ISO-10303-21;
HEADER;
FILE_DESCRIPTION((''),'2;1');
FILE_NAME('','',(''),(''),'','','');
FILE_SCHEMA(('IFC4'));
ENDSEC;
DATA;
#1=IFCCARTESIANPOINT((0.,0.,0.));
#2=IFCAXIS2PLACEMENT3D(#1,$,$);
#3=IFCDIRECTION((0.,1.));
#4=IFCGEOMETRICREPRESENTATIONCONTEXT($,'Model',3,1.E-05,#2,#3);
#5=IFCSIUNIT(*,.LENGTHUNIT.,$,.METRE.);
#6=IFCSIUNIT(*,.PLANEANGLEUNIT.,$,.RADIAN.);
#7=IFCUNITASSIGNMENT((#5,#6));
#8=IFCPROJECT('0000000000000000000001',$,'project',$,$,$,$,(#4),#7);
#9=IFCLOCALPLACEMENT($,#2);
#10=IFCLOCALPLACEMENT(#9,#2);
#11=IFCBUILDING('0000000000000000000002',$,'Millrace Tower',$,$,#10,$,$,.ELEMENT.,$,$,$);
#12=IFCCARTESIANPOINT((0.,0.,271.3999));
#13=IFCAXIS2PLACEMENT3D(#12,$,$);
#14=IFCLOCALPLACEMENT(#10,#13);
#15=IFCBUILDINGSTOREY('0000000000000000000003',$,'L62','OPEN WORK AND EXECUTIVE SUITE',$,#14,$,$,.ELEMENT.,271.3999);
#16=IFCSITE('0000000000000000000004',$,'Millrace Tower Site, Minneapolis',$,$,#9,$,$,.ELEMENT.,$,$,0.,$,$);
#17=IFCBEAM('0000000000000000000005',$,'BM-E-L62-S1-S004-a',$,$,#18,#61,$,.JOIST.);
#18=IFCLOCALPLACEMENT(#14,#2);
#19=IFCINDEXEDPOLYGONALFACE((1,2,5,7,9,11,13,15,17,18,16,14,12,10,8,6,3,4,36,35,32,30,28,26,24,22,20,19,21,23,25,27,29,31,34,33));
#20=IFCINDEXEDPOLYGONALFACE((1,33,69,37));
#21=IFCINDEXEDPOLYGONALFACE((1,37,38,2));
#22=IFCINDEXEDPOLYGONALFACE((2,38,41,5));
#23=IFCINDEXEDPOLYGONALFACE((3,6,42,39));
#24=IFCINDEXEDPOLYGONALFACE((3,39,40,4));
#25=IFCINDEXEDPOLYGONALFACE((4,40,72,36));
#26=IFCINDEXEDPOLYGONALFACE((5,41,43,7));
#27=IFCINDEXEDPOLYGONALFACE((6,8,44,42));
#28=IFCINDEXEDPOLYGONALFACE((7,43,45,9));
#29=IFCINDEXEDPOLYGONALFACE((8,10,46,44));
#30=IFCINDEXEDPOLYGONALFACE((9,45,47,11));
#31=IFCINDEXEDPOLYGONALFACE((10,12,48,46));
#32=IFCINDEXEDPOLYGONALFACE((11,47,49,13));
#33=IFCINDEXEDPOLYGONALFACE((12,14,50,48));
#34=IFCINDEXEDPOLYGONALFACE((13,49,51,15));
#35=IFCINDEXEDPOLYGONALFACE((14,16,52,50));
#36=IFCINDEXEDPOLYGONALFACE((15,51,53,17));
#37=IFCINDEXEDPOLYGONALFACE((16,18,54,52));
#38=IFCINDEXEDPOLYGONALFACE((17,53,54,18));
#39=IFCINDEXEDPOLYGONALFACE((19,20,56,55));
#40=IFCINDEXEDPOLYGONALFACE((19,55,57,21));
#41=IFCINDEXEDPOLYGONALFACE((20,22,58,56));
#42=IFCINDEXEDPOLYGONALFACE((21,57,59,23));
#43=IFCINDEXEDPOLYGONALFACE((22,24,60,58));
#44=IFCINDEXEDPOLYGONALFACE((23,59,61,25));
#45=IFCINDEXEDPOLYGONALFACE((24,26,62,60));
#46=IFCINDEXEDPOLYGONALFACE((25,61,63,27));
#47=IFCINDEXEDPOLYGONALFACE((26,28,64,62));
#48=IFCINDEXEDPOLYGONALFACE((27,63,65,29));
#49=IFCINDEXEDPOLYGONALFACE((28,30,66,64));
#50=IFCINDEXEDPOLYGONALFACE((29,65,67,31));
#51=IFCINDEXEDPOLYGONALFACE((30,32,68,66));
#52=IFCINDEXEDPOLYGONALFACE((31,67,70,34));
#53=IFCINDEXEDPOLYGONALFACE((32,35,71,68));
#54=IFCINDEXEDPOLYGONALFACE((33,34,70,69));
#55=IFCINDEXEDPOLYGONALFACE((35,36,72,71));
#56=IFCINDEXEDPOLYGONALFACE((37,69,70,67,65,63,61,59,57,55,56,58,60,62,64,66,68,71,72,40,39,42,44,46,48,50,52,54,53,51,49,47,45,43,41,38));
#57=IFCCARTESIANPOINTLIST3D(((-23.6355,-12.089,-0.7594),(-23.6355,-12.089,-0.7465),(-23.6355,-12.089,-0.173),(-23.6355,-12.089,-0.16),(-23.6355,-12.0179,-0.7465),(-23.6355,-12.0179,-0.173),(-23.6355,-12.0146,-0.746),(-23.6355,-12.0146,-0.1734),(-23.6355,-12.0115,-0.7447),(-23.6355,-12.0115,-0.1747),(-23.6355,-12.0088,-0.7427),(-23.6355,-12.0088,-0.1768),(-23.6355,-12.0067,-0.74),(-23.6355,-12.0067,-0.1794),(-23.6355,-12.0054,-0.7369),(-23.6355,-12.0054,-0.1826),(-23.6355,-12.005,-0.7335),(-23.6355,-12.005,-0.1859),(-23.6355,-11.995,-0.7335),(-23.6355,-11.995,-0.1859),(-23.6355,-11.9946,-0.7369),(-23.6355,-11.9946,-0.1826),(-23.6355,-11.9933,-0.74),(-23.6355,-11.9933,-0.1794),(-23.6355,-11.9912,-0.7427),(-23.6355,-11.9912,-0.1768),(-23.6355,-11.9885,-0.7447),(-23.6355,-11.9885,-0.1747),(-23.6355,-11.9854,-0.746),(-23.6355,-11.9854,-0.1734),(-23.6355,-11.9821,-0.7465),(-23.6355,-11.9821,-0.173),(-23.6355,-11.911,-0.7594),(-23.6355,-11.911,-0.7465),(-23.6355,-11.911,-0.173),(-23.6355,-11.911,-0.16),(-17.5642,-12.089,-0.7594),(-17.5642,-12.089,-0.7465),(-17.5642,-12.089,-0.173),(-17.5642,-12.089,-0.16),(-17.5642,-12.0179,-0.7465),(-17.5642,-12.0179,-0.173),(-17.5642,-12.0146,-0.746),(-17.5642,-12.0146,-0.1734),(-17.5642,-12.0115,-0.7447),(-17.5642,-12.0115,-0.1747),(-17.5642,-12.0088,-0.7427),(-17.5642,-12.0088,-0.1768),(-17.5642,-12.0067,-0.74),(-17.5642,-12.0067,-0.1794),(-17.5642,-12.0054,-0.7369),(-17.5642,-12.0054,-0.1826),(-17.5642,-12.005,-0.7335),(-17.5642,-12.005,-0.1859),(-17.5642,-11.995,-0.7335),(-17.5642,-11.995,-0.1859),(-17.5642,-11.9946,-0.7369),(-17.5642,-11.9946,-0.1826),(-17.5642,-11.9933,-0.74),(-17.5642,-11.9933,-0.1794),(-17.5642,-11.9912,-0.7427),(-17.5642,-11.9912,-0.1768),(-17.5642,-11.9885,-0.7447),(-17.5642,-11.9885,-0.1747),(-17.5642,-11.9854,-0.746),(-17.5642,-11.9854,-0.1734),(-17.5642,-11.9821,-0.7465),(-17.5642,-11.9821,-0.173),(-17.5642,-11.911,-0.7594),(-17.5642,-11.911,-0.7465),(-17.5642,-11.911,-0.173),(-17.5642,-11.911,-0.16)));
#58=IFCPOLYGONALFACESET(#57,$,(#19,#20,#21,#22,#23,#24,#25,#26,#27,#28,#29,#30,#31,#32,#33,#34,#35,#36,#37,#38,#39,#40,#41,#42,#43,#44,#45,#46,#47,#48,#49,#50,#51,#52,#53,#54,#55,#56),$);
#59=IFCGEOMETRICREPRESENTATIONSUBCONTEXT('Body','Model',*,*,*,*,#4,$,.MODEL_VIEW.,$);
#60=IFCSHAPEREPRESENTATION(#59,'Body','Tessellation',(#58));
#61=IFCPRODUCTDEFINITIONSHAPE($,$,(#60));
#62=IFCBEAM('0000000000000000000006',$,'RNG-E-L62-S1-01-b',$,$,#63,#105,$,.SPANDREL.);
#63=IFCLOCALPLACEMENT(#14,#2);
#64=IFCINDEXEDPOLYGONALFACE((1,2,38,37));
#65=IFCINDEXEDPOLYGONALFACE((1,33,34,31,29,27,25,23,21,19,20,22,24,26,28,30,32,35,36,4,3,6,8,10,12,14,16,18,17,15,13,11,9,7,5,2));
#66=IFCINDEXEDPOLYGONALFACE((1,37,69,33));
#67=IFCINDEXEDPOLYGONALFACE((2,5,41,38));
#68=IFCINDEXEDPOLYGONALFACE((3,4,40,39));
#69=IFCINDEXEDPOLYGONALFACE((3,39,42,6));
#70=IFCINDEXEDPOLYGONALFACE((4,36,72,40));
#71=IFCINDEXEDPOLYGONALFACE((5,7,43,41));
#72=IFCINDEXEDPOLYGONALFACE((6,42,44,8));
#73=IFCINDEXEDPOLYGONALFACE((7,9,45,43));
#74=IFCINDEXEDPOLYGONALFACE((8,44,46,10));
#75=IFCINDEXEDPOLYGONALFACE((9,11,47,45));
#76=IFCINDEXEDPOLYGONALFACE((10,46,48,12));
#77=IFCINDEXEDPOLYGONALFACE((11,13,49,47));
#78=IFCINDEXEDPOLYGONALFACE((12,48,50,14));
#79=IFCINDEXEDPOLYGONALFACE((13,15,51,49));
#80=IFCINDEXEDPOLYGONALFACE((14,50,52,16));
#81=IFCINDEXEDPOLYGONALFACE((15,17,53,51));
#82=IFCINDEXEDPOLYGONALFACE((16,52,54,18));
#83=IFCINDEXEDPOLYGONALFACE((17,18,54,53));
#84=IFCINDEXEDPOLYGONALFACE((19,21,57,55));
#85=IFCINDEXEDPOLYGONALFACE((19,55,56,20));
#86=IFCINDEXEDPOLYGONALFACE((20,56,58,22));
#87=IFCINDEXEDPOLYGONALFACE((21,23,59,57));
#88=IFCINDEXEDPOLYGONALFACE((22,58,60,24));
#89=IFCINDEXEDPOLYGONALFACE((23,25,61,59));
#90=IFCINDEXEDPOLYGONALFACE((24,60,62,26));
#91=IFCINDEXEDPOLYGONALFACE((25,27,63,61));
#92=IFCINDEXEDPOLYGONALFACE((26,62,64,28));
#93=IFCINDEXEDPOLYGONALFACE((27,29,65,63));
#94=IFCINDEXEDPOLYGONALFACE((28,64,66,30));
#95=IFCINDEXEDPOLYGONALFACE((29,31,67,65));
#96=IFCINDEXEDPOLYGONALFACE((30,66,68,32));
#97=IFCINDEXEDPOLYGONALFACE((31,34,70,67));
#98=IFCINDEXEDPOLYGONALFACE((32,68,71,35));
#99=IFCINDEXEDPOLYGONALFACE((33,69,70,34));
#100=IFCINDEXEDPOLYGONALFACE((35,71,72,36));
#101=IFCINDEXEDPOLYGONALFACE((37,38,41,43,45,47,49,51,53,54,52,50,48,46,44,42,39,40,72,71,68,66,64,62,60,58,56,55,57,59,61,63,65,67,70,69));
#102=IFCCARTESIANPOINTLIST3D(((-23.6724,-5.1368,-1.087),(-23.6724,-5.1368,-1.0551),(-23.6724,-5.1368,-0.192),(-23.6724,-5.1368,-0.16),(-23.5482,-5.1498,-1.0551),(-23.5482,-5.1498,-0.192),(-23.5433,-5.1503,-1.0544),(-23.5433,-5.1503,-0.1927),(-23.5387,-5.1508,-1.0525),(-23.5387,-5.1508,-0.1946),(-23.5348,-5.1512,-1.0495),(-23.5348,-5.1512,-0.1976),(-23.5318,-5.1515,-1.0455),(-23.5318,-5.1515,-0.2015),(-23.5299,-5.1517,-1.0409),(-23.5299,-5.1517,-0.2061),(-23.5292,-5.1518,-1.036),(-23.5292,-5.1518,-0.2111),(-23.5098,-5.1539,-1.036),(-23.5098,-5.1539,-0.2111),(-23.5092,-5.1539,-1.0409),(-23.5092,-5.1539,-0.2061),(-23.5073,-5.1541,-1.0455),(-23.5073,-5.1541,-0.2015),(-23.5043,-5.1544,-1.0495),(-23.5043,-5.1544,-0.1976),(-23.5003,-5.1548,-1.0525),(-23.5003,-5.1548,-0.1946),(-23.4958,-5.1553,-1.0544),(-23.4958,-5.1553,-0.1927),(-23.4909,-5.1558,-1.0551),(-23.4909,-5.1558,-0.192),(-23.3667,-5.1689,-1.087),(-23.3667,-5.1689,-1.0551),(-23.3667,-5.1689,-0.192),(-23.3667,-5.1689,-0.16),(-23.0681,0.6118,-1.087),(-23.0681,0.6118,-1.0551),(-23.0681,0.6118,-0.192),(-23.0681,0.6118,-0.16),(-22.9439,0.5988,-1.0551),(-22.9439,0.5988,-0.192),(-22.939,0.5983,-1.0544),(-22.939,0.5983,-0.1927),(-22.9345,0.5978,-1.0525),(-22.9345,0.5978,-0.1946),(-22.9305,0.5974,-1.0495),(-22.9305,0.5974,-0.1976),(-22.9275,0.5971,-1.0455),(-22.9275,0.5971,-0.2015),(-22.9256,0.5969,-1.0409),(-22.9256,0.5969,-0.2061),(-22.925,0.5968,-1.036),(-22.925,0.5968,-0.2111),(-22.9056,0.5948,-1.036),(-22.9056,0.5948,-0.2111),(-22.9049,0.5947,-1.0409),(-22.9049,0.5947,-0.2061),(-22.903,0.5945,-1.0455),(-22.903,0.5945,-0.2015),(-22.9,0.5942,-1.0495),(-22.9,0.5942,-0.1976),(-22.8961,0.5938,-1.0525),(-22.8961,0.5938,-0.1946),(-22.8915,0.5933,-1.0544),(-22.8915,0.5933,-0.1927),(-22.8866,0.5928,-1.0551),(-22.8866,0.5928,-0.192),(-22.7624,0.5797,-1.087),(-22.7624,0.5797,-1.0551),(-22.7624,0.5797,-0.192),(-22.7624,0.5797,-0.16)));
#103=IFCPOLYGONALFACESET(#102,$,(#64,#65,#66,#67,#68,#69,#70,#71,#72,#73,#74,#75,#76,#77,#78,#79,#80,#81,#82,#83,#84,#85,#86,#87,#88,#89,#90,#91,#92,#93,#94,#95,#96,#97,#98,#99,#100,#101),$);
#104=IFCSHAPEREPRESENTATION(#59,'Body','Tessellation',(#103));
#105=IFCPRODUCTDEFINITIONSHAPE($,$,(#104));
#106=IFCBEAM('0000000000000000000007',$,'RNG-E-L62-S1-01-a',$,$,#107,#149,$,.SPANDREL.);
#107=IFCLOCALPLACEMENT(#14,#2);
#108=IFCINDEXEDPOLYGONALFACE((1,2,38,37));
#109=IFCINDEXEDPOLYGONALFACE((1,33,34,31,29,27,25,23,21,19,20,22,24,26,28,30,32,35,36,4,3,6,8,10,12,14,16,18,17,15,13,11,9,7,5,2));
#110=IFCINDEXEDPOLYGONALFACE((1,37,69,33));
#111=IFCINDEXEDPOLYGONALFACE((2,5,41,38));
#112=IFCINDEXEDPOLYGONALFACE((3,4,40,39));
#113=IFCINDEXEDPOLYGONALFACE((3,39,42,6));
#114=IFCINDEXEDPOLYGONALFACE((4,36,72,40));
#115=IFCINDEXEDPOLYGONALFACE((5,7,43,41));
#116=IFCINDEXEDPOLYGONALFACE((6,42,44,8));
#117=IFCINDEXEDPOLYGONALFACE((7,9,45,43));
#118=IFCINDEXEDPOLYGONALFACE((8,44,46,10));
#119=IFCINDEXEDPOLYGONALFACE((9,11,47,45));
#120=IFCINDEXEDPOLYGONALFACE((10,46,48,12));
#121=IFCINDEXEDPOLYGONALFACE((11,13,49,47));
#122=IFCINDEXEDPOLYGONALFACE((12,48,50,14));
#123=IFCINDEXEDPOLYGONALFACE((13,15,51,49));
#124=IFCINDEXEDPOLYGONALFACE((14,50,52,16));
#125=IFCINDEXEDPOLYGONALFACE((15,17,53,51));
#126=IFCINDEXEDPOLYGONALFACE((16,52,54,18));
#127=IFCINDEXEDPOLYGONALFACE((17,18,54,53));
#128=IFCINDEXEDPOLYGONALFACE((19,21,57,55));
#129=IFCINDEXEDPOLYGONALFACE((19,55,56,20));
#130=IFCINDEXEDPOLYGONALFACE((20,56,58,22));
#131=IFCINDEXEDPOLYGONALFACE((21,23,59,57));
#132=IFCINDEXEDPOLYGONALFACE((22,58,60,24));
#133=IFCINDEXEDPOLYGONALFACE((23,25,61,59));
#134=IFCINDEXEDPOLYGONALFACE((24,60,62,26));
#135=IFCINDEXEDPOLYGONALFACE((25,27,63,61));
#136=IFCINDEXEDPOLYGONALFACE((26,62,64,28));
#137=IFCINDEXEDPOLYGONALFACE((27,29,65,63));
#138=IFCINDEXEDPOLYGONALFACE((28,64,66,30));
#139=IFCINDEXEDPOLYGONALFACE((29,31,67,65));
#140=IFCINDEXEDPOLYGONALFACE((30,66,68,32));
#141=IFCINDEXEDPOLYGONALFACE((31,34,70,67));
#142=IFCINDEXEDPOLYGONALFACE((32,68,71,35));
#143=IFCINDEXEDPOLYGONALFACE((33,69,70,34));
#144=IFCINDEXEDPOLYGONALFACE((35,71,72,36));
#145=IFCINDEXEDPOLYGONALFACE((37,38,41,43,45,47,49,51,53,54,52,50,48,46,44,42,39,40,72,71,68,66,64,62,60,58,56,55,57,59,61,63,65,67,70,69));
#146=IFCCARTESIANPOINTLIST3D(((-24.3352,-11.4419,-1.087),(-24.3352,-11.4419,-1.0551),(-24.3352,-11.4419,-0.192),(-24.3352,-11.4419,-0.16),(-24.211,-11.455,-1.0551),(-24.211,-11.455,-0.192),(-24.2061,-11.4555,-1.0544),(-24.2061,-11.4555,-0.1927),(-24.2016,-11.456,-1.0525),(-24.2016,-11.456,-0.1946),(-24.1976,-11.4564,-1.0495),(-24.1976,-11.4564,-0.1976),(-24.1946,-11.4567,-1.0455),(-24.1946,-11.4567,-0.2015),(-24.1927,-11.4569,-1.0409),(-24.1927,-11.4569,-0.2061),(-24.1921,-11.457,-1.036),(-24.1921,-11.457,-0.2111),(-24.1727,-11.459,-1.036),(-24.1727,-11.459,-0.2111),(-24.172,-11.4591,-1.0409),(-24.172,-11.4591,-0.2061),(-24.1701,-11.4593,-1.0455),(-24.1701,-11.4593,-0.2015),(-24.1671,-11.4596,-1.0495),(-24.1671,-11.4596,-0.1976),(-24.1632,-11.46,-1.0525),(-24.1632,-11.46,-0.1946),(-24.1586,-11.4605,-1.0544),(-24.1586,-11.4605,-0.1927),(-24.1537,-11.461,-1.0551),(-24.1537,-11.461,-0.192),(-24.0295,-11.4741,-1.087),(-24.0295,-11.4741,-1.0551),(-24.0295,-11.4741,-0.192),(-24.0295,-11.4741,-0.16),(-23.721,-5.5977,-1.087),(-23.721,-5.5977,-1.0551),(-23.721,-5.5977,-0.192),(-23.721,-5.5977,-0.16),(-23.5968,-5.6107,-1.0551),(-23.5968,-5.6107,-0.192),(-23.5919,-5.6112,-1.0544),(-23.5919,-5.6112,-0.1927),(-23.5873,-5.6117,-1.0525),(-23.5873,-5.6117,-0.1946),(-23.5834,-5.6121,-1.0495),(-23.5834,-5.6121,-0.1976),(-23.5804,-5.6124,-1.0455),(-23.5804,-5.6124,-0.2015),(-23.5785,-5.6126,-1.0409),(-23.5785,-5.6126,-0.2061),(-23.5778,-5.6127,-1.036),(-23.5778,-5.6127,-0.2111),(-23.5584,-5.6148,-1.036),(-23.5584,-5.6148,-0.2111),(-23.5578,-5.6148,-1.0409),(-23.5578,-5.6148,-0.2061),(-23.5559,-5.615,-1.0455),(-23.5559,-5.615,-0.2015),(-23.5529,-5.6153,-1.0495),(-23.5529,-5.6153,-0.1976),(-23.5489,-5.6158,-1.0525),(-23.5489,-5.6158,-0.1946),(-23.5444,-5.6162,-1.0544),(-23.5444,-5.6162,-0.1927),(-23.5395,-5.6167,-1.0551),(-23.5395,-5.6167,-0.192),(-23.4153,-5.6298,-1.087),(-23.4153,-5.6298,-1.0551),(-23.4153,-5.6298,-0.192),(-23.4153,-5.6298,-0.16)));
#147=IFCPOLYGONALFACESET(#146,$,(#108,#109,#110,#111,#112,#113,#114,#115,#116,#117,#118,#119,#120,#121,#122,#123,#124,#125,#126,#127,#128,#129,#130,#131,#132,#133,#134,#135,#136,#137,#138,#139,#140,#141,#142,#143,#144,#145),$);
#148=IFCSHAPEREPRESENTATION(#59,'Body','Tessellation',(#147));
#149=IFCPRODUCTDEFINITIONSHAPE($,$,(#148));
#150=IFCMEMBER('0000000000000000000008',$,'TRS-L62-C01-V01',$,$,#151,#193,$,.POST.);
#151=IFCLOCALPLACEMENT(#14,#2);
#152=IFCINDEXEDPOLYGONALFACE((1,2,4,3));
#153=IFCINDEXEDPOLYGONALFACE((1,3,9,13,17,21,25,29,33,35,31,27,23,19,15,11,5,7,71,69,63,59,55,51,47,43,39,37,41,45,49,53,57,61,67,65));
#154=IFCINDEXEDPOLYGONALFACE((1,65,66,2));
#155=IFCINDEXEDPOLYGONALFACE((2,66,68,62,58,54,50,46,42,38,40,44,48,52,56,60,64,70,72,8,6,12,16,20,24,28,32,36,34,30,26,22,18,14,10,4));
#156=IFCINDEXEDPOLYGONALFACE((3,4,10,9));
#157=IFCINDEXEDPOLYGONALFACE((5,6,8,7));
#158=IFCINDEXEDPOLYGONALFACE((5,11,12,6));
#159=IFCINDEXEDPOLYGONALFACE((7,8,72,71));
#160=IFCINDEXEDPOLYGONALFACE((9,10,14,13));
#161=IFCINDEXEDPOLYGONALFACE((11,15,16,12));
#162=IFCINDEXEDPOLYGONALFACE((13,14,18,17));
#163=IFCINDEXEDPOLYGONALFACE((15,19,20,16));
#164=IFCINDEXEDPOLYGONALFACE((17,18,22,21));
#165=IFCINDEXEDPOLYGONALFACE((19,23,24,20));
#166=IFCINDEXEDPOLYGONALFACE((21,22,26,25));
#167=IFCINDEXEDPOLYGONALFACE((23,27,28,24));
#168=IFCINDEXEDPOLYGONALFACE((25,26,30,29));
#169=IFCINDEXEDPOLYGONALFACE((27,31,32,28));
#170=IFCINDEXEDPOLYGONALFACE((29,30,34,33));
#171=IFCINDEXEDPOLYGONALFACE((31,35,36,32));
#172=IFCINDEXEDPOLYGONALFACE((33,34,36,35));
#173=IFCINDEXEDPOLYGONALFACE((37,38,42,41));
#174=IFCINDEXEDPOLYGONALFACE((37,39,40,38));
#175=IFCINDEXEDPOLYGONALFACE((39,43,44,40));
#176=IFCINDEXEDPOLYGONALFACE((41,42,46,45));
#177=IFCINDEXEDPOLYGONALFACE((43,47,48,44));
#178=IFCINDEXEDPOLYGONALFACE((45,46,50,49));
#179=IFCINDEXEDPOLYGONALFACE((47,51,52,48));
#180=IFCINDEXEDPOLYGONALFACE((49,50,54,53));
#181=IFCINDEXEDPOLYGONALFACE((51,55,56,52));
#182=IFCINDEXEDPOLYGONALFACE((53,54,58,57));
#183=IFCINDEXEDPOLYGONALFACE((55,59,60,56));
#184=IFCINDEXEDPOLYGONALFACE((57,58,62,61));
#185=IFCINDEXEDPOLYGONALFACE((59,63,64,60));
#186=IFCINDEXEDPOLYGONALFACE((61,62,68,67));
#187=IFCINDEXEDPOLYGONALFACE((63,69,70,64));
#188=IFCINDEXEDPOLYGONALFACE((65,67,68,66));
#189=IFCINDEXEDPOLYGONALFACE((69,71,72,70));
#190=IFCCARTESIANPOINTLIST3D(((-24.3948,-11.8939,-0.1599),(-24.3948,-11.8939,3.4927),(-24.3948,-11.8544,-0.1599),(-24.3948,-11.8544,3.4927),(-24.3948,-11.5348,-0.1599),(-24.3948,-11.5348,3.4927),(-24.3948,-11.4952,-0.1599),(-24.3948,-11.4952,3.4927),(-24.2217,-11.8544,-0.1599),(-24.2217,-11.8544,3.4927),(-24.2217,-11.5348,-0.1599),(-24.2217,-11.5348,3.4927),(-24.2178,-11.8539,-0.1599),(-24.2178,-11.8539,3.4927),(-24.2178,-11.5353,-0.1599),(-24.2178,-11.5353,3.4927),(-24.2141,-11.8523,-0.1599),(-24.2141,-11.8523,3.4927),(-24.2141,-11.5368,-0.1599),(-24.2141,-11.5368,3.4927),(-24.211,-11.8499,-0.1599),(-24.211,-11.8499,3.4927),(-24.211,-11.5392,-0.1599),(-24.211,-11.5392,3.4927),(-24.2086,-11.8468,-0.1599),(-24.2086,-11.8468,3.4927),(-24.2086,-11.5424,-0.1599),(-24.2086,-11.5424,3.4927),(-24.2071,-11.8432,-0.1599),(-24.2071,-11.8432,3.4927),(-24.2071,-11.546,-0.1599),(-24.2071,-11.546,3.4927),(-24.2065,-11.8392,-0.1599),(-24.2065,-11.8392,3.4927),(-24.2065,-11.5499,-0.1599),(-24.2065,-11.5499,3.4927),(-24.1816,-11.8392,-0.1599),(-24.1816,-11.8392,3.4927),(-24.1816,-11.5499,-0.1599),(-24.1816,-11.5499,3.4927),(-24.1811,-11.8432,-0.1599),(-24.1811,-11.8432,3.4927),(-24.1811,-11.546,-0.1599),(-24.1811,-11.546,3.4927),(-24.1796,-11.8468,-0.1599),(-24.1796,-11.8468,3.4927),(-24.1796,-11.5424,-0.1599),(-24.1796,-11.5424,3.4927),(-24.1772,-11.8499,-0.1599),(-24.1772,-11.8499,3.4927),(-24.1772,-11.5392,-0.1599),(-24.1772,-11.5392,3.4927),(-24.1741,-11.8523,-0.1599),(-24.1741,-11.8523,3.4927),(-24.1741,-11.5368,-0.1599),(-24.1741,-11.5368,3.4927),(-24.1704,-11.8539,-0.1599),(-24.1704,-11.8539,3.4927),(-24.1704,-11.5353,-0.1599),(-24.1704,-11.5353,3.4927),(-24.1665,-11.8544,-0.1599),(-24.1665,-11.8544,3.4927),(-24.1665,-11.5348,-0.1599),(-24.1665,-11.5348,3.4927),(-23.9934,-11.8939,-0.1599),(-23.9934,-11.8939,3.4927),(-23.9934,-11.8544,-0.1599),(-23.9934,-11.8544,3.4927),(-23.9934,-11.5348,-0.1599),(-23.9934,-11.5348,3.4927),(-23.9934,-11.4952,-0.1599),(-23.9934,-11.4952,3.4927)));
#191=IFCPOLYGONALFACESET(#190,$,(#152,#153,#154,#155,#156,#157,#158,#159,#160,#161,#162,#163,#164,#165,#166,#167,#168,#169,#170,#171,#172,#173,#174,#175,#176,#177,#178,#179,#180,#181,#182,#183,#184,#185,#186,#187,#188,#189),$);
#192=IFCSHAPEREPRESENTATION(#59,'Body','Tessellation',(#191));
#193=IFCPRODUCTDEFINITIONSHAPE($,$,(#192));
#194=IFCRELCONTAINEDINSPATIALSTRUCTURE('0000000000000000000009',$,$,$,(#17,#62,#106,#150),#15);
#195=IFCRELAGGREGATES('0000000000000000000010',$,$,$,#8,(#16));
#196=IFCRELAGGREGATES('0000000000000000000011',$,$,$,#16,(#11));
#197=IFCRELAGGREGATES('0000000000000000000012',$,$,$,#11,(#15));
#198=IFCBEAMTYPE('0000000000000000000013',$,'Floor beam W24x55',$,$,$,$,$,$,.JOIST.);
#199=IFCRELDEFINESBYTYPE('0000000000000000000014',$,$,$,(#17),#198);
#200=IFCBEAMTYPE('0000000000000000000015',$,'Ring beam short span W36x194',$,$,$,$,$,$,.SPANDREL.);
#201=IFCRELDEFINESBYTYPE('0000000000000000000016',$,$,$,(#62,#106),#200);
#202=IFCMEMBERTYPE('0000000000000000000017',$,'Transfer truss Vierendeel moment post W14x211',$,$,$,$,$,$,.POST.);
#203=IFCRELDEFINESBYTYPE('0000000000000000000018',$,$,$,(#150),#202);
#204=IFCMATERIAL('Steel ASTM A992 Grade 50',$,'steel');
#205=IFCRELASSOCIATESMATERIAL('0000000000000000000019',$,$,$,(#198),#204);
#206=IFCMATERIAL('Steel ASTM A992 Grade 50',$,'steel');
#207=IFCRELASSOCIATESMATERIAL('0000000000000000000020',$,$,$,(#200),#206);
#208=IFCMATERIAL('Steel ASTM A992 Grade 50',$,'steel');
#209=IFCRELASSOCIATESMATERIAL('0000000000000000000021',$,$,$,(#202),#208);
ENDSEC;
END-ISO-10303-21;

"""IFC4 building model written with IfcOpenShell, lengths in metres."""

from ifc_helpers import new_model, si_unit, direction, frame, origin, origin_2d, place, context, subcontext, project, spatial, i_section, extrude, material, material_profile, profile_set, type_object, element, save


model = new_model("IFC4")

# Units and contexts
model_context = context("Model", 3, precision=1e-05, world=origin(), true_north=direction((0.0, 1.0)))
body_context = subcontext(model_context, "Body", "Model", "MODEL_VIEW")
ifc_project = project(units=[si_unit("LENGTHUNIT", "METRE"), si_unit("PLANEANGLEUNIT", "RADIAN")], contexts=[model_context])

# Site, building, storey
site_placement = place(None, origin())
site = spatial("IfcSite", under=ifc_project, at=site_placement, Name="Millrace Tower Site, Minneapolis", CompositionType="ELEMENT", RefElevation=0.0)
building_placement = place(site_placement, origin())
building = spatial("IfcBuilding", under=site, at=building_placement, Name="Millrace Tower", CompositionType="ELEMENT")
storey_placement = place(building_placement, frame((0.0, 0.0, 271.3999)))
storey = spatial("IfcBuildingStorey", under=building, at=storey_placement, Name="L62", Description="OPEN WORK AND EXECUTIVE SUITE", CompositionType="ELEMENT", Elevation=271.3999)

# Beams
ifc_material_1 = material(Name="Steel ASTM A992 Grade 50", Category="steel")
ifc_material_profile_1 = material_profile(ifc_material_1, i_section(OverallWidth=0.178, OverallDepth=0.5994, WebThickness=0.01, FlangeThickness=0.0129, FilletRadius=0.0129, at=origin_2d()))
ifc_profile_set_1 = profile_set([ifc_material_profile_1], Name="Steel ASTM A992 Grade 50")
beam_type_1 = type_object("IfcBeamType", Name="Floor beam W24x55", PredefinedType="JOIST", material=ifc_profile_set_1)
beam_1_placement = place(storey_placement, frame((-23.6355, -12.0, -0.4597), z_axis=(1.0, 0.0, 0.0), x_axis=(0.0, 1.0, 0.0)))
element("IfcBeam", 1, at=beam_1_placement, inside=storey, type_object=beam_type_1, Name="BM-E-L62-S1-S004-a", PredefinedType="JOIST", context=body_context, shape_type="SweptSolid", body=[
    extrude(i_section(OverallWidth=0.178, OverallDepth=0.5994, WebThickness=0.01, FlangeThickness=0.0129, FilletRadius=0.0129, at=origin_2d()), origin(), (0.0, 0.0, 1.0), 6.0713),
])
ifc_material_2 = material(Name="Steel ASTM A992 Grade 50", Category="steel")
ifc_material_profile_2 = material_profile(ifc_material_2, i_section(OverallWidth=0.3074, OverallDepth=0.927, WebThickness=0.0195, FlangeThickness=0.032, FilletRadius=0.019, at=origin_2d()))
ifc_profile_set_2 = profile_set([ifc_material_profile_2], Name="Steel ASTM A992 Grade 50")
beam_type_2 = type_object("IfcBeamType", Name="Ring beam short span W36x194", PredefinedType="SPANDREL", material=ifc_profile_set_2)
beam_2_placement = place(storey_placement, frame((-23.5195, -5.1528, -0.6235), z_axis=(0.104537, 0.994521, 0.0), x_axis=(-0.994521, 0.104537, 0.0)))
element("IfcBeam", 2, at=beam_2_placement, inside=storey, type_object=beam_type_2, Name="RNG-E-L62-S1-01-b", PredefinedType="SPANDREL", context=body_context, shape_type="SweptSolid", body=[
    extrude(i_section(OverallWidth=0.3074, OverallDepth=0.927, WebThickness=0.0195, FlangeThickness=0.032, FilletRadius=0.019, at=origin_2d()), origin(), (0.0, 0.0, 1.0), 5.7803),
])
beam_3_placement = place(storey_placement, frame((-24.1824, -11.458, -0.6235), z_axis=(0.104529, 0.994522, 0.0), x_axis=(-0.994522, 0.104529, 0.0)))
element("IfcBeam", 3, at=beam_3_placement, inside=storey, type_object=beam_type_2, Name="RNG-E-L62-S1-01-a", PredefinedType="SPANDREL", context=body_context, shape_type="SweptSolid", body=[
    extrude(i_section(OverallWidth=0.3074, OverallDepth=0.927, WebThickness=0.0195, FlangeThickness=0.032, FilletRadius=0.019, at=origin_2d()), origin(), (0.0, 0.0, 1.0), 5.8765),
])

# Member
ifc_material_3 = material(Name="Steel ASTM A992 Grade 50", Category="steel")
ifc_material_profile_3 = material_profile(ifc_material_3, i_section(OverallWidth=0.4014, OverallDepth=0.3987, WebThickness=0.0249, FlangeThickness=0.0396, FilletRadius=0.0151, at=origin_2d()))
ifc_profile_set_3 = profile_set([ifc_material_profile_3], Name="Steel ASTM A992 Grade 50")
member_type_1 = type_object("IfcMemberType", Name="Transfer truss Vierendeel moment post W14x211", PredefinedType="POST", material=ifc_profile_set_3)
for number, where, z_axis, x_axis, name in (
    (4, (-24.1941, -11.6946, -0.1599), (0.0, 0.0, 1.0), (1.0, 0.0, 0.0), "TRS-L62-C01-V01"),
):
    element("IfcMember", number, at=place(storey_placement, frame(where, z_axis=z_axis, x_axis=x_axis)), inside=storey, type_object=member_type_1, Name=name, PredefinedType="POST", context=body_context, shape_type="SweptSolid", body=[
        extrude(i_section(OverallWidth=0.4014, OverallDepth=0.3987, WebThickness=0.0249, FlangeThickness=0.0396, FilletRadius=0.0151, at=origin_2d()), origin(), (0.0, 0.0, 1.0), 3.6526),
    ])

save(model, "model.ifc")
